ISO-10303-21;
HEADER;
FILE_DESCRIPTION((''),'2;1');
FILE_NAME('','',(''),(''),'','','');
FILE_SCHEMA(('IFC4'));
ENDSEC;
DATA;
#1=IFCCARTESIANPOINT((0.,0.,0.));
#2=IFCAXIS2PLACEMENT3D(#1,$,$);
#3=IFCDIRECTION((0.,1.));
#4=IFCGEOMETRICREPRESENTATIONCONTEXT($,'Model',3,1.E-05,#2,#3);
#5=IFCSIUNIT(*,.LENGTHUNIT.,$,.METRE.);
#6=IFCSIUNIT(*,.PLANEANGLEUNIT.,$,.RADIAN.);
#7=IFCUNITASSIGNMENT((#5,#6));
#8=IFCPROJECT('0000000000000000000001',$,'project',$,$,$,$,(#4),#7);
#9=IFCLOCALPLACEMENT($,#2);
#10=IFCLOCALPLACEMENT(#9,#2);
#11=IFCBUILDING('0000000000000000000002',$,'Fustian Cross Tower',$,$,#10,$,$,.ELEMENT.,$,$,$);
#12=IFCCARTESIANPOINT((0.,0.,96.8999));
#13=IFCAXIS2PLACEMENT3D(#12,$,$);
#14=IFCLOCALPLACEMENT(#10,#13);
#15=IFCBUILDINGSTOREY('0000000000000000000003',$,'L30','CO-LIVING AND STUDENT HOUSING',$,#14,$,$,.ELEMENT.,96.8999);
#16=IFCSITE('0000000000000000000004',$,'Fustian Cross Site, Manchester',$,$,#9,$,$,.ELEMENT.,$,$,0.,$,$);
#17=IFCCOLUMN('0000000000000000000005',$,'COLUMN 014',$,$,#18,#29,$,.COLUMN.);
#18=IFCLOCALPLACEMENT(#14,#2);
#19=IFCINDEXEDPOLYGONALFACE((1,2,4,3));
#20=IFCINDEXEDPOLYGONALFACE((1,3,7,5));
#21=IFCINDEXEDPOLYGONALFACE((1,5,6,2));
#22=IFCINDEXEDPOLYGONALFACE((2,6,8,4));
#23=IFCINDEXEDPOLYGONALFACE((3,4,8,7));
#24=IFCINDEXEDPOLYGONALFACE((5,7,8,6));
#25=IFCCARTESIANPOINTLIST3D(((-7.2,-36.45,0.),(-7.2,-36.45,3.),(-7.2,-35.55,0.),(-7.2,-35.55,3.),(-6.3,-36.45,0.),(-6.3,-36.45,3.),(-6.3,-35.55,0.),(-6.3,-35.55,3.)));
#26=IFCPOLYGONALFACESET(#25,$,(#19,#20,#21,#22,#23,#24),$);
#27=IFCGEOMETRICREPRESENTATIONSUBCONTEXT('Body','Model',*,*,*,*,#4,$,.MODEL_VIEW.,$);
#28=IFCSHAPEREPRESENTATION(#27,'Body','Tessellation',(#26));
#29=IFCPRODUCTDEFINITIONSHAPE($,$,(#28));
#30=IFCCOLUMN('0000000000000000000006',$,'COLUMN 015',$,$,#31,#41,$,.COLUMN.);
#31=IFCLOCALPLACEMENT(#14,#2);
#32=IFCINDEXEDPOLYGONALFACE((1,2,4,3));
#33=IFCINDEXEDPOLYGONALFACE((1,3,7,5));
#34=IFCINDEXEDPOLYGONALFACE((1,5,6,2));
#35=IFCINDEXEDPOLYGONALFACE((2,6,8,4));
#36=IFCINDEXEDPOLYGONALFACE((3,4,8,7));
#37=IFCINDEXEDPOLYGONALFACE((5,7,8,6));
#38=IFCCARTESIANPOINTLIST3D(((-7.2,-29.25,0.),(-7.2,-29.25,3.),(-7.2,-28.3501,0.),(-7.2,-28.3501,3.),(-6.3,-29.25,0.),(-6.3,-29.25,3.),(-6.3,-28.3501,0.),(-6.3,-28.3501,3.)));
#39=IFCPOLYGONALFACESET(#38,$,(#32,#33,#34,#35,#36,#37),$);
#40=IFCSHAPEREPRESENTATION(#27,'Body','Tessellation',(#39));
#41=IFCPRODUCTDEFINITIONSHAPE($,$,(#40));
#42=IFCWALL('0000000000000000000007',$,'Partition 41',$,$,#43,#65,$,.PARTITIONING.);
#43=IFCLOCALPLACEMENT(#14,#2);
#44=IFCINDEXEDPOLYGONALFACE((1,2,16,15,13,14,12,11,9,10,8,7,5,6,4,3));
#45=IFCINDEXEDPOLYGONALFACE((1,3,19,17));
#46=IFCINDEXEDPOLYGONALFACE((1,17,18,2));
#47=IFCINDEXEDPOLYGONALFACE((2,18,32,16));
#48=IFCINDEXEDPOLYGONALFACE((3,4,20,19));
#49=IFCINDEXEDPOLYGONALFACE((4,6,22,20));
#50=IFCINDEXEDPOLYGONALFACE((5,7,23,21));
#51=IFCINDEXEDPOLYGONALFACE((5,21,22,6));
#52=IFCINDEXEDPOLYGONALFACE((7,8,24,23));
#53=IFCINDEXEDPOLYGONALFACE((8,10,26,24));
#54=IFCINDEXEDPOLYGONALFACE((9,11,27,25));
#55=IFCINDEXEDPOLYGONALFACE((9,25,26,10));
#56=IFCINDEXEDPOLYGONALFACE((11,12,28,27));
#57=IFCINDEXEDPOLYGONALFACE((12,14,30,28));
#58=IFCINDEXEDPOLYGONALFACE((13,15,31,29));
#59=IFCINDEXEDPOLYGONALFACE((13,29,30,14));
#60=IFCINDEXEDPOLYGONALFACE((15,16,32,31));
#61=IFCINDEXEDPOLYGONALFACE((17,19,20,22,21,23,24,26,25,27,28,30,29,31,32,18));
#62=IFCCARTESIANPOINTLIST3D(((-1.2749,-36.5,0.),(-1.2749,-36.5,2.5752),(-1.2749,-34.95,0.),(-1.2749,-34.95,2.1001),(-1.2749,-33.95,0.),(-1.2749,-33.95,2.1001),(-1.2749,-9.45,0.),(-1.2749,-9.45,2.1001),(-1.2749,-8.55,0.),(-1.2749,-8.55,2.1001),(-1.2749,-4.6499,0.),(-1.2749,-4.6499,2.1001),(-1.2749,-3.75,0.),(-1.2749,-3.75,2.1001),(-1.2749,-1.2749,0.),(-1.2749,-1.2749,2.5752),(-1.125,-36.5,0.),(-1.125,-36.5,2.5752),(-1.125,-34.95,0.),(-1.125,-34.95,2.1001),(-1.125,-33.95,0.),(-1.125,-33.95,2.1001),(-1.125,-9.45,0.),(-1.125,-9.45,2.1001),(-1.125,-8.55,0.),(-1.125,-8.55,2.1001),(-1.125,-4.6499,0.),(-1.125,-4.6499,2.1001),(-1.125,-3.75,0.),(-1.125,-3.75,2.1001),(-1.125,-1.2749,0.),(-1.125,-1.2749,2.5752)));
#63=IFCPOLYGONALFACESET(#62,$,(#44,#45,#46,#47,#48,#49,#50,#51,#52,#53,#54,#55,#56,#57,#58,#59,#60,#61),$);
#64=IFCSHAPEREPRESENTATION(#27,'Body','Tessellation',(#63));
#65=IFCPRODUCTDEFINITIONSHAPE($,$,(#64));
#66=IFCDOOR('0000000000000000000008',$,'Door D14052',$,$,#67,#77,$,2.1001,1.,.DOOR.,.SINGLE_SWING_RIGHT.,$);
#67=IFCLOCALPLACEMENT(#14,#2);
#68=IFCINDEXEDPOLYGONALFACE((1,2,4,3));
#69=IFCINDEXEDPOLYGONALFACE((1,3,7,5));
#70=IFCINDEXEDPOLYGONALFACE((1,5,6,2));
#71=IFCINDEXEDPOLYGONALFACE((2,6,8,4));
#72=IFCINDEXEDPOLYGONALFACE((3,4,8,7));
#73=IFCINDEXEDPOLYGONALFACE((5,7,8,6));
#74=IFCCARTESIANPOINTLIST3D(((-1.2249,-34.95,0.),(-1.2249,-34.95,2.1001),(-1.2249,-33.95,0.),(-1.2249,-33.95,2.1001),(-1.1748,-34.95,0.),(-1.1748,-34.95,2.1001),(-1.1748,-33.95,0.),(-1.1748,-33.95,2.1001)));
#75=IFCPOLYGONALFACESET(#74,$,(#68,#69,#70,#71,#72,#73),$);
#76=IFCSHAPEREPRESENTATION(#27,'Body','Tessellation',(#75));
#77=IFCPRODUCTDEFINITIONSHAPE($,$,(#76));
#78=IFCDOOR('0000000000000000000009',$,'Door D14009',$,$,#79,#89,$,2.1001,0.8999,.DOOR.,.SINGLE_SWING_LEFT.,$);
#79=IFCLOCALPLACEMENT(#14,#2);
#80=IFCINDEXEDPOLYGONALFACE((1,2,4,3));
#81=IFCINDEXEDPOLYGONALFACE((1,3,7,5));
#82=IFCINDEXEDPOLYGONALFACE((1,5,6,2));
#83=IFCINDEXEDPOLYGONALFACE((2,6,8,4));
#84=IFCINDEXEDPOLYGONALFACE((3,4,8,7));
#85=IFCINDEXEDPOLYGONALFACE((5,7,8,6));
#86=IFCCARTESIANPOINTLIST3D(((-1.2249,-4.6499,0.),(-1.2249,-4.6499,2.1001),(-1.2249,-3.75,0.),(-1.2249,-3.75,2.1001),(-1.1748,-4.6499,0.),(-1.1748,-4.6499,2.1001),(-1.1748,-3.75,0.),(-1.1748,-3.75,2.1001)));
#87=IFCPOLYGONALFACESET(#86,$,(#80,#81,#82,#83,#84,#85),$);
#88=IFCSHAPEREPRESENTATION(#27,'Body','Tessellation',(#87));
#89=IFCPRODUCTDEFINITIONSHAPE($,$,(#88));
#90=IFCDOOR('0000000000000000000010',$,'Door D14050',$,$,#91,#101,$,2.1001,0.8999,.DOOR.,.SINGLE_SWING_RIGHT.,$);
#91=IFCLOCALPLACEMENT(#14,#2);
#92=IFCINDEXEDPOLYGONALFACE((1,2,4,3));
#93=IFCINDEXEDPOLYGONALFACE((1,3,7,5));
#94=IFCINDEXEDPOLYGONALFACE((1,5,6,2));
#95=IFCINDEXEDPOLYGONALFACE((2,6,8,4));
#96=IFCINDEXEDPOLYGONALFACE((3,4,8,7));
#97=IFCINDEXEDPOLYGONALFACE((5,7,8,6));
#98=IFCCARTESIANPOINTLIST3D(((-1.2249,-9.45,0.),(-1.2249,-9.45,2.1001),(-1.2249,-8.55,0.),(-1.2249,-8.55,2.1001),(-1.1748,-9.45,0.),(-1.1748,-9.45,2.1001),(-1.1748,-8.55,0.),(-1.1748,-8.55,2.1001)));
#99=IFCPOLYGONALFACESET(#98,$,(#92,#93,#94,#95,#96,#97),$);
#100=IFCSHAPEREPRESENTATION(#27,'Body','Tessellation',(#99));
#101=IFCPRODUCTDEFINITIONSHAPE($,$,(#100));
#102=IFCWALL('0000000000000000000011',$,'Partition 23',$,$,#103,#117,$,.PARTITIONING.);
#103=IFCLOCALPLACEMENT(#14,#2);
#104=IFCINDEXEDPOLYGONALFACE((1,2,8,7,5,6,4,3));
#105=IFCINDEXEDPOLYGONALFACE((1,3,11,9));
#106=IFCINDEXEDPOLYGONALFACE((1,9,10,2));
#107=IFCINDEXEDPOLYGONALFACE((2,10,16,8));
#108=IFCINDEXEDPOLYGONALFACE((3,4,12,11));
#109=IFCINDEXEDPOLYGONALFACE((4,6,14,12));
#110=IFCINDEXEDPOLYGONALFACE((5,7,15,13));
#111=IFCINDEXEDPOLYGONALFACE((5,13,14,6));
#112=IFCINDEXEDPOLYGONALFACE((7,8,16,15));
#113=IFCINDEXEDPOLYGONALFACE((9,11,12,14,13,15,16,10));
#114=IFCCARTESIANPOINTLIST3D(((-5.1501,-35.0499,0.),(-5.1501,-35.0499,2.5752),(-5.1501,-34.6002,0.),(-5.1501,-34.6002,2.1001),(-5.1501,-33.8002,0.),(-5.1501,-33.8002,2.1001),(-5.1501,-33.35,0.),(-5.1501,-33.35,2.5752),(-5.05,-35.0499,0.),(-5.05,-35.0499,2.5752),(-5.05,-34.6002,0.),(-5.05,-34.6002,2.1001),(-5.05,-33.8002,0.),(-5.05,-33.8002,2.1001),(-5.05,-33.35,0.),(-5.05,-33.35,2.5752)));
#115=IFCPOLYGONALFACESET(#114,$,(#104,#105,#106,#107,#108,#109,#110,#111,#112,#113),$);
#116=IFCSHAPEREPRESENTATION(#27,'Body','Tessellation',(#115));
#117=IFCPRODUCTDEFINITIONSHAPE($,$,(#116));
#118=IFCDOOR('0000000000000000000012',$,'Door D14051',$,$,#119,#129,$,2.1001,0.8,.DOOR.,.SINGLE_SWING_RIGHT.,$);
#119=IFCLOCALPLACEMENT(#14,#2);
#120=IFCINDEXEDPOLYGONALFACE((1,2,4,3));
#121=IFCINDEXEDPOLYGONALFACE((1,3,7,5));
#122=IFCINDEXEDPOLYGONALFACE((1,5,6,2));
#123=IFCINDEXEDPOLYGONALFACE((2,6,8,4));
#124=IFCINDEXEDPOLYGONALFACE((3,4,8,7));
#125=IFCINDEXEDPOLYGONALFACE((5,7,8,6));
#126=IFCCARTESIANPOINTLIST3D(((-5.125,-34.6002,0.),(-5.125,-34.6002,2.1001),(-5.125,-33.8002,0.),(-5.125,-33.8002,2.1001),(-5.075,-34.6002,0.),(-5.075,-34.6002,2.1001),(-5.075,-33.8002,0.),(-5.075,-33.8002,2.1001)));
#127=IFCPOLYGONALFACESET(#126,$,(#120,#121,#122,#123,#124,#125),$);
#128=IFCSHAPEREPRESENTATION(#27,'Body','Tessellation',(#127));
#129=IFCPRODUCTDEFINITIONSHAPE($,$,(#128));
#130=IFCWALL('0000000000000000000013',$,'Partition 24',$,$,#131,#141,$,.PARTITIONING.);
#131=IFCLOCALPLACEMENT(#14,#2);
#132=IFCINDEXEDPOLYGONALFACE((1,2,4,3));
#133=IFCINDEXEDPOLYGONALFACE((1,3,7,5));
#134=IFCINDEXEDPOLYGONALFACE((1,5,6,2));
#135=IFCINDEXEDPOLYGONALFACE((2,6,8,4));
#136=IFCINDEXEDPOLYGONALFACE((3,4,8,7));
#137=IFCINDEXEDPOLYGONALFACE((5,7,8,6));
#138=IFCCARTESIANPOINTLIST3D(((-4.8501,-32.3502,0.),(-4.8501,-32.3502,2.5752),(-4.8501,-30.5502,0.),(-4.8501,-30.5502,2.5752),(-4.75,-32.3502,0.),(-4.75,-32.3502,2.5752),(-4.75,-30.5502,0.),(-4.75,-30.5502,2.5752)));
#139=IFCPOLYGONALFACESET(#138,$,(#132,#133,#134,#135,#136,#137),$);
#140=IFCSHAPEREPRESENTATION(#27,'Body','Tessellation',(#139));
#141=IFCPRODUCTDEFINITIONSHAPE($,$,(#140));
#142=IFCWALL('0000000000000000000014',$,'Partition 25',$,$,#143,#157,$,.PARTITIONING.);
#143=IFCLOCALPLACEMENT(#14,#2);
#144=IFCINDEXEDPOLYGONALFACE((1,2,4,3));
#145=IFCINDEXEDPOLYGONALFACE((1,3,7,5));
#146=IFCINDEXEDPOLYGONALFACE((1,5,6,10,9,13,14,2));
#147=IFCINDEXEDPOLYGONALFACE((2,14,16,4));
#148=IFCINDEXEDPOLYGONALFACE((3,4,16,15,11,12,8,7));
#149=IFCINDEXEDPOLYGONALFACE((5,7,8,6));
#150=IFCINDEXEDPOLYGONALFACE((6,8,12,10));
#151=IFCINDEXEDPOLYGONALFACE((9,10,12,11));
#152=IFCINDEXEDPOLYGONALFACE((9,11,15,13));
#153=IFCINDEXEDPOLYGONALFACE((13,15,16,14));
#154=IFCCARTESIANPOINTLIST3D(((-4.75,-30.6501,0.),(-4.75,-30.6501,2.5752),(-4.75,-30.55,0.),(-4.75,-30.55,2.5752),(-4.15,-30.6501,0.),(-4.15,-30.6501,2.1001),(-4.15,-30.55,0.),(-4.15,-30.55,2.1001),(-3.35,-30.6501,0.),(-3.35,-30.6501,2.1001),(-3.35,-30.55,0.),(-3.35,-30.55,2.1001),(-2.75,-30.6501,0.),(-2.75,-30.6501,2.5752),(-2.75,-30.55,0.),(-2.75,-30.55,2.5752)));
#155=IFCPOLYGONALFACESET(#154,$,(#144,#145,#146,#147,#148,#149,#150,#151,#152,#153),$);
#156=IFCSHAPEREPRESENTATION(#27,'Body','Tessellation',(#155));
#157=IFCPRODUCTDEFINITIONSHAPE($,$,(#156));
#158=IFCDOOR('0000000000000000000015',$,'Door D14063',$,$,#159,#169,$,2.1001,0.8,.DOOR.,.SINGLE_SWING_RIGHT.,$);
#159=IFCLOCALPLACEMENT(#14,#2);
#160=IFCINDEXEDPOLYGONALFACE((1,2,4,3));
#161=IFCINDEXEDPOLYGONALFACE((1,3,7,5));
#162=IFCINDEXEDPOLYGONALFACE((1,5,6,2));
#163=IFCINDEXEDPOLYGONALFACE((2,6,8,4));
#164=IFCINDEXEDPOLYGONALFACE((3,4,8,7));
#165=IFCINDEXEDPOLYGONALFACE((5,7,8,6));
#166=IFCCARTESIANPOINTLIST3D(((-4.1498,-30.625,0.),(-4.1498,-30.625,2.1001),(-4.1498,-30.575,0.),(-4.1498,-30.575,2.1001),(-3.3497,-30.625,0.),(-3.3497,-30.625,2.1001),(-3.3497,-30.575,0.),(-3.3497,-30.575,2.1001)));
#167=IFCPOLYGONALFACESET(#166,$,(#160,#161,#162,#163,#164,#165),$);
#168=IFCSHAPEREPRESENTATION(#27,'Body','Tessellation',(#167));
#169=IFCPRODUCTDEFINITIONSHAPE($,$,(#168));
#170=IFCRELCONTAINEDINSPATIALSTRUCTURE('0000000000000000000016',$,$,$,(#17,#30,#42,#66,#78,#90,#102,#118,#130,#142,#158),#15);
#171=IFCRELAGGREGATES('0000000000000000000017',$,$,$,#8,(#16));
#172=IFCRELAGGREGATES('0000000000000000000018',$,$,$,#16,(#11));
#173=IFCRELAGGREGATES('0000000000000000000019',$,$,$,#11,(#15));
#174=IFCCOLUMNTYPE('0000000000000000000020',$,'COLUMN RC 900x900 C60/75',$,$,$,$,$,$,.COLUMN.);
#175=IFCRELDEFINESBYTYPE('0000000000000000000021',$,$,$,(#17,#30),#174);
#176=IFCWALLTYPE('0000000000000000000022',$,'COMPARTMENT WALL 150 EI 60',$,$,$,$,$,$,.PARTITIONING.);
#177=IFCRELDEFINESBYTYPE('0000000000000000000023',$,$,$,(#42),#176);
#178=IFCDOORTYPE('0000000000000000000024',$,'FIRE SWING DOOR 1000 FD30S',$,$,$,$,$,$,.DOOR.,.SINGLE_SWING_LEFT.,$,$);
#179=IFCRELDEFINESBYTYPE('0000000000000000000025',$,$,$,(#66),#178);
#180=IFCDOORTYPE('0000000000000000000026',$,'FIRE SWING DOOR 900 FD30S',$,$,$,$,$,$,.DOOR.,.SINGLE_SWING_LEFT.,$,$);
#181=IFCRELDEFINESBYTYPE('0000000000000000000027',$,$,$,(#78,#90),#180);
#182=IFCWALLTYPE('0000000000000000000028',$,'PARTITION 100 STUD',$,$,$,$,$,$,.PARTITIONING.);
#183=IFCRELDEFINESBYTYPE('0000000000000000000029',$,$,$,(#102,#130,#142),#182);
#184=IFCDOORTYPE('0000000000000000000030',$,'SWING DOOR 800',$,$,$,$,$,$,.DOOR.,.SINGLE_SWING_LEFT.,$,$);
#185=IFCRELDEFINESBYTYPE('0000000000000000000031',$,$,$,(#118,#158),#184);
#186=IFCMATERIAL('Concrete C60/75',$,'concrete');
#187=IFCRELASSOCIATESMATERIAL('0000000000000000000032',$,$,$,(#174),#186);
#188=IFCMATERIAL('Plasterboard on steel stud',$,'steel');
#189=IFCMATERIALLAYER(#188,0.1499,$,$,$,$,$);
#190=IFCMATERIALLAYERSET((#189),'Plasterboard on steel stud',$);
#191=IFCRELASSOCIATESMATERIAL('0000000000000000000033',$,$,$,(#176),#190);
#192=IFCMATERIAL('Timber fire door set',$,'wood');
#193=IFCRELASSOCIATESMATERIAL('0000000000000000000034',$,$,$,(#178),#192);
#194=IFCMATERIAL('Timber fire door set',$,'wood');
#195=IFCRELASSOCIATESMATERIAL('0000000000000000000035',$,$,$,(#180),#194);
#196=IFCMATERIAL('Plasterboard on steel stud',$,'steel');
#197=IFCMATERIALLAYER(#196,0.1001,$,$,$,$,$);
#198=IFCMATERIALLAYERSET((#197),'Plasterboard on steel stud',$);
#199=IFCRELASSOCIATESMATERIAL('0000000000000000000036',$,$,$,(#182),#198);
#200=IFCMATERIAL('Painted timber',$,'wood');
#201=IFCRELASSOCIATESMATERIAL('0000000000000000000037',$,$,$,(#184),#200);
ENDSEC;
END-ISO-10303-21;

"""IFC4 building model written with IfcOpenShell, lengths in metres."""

from ifc_helpers import new_model, si_unit, direction, frame, frame_2d, origin, origin_2d, place, context, subcontext, project, spatial, rectangle, extrude, material, layer, layer_set, material_profile, profile_set, type_object, element, fill, save


model = new_model("IFC4")

# Units and contexts
model_context = context("Model", 3, precision=1e-05, world=origin(), true_north=direction((0.0, 1.0)))
body_context = subcontext(model_context, "Body", "Model", "MODEL_VIEW")
ifc_project = project(units=[si_unit("LENGTHUNIT", "METRE"), si_unit("PLANEANGLEUNIT", "RADIAN")], contexts=[model_context])

# Site, building, storey
site_placement = place(None, origin())
site = spatial("IfcSite", under=ifc_project, at=site_placement, Name="Fustian Cross Site, Manchester", CompositionType="ELEMENT", RefElevation=0.0)
building_placement = place(site_placement, origin())
building = spatial("IfcBuilding", under=site, at=building_placement, Name="Fustian Cross Tower", CompositionType="ELEMENT")
storey_placement = place(building_placement, frame((0.0, 0.0, 96.8999)))
storey = spatial("IfcBuildingStorey", under=building, at=storey_placement, Name="L30", Description="CO-LIVING AND STUDENT HOUSING", CompositionType="ELEMENT", Elevation=96.8999)

# Columns
ifc_material_1 = material(Name="Concrete C60/75", Category="concrete")
ifc_material_profile = material_profile(ifc_material_1, rectangle(XDim=0.8999, YDim=0.8999, at=origin_2d()), Name="RC 900x900")
ifc_profile_set = profile_set([ifc_material_profile], Name="Concrete C60/75")
column_type = type_object("IfcColumnType", Name="COLUMN RC 900x900 C60/75", PredefinedType="COLUMN", material=ifc_profile_set)
for number, where, z_axis, x_axis, name in (
    (1, (-6.75, -36.0, 0.0), (0.0, 0.0, 1.0), (1.0, 0.0, 0.0), "COLUMN 014"),
    (2, (-6.75, -28.8, 0.0), (0.0, 0.0, 1.0), (1.0, 0.0, 0.0), "COLUMN 015"),
):
    element("IfcColumn", number, at=place(storey_placement, frame(where, z_axis=z_axis, x_axis=x_axis)), inside=storey, type_object=column_type, Name=name, PredefinedType="COLUMN", context=body_context, shape_type="SweptSolid", body=[
        extrude(rectangle(XDim=0.8999, YDim=0.8999, at=origin_2d()), origin(), (0.0, 0.0, 1.0), 3.0),
    ])

# Wall, openings, doors
ifc_material_2 = material(Name="Plasterboard on steel stud", Category="steel")
ifc_layer_1 = layer(ifc_material_2, 0.1499)
ifc_layer_set_1 = layer_set([ifc_layer_1], Name="Plasterboard on steel stud")
wall_type_1 = type_object("IfcWallType", Name="COMPARTMENT WALL 150 EI 60", PredefinedType="PARTITIONING", material=ifc_layer_set_1)
wall_1_placement = place(storey_placement, frame((-1.2, -36.5, 0.0), z_axis=(0.0, 0.0, 1.0), x_axis=(0.0, 1.0, 0.0)))
wall_1 = element("IfcWall", 3, at=wall_1_placement, inside=storey, type_object=wall_type_1, Name="Partition 41", PredefinedType="PARTITIONING", context=body_context, shape_type="SweptSolid", body=[
    extrude(rectangle(XDim=35.2251, YDim=0.1499, at=frame_2d((17.6125, 0.0))), origin(), (0.0, 0.0, 1.0), 2.5752),
])
opening_1_placement = place(wall_1_placement, frame((31.8501, 0.0, 0.0)))
opening_1 = element("IfcOpeningElement", 4, at=opening_1_placement, cuts=wall_1, PredefinedType="OPENING", context=body_context, shape_type="SweptSolid", body=[
    extrude(rectangle(XDim=0.8999, YDim=2.1001, at=frame_2d((0.45, 1.05))), frame((0.0, 0.085, 0.0), z_axis=(0.0, -1.0, 0.0), x_axis=(1.0, 0.0, 0.0)), (0.0, 0.0, 1.0), 0.1699),
])
opening_2_placement = place(wall_1_placement, frame((27.05, 0.0, 0.0)))
opening_2 = element("IfcOpeningElement", 5, at=opening_2_placement, cuts=wall_1, PredefinedType="OPENING", context=body_context, shape_type="SweptSolid", body=[
    extrude(rectangle(XDim=0.8999, YDim=2.1001, at=frame_2d((0.45, 1.05))), frame((0.0, 0.085, 0.0), z_axis=(0.0, -1.0, 0.0), x_axis=(1.0, 0.0, 0.0)), (0.0, 0.0, 1.0), 0.1699),
])
opening_3_placement = place(wall_1_placement, frame((1.55, 0.0, 0.0)))
opening_3 = element("IfcOpeningElement", 6, at=opening_3_placement, cuts=wall_1, PredefinedType="OPENING", context=body_context, shape_type="SweptSolid", body=[
    extrude(rectangle(XDim=1.0, YDim=2.1001, at=frame_2d((0.5, 1.05))), frame((0.0, 0.085, 0.0), z_axis=(0.0, -1.0, 0.0), x_axis=(1.0, 0.0, 0.0)), (0.0, 0.0, 1.0), 0.1699),
])
ifc_material_3 = material(Name="Timber fire door set", Category="wood")
door_type_1 = type_object("IfcDoorType", Name="FIRE SWING DOOR 1000 FD30S", OperationType="SINGLE_SWING_LEFT", PredefinedType="DOOR", material=ifc_material_3)
door_1_placement = place(opening_3_placement, origin())
door_1 = element("IfcDoor", 7, at=door_1_placement, inside=storey, type_object=door_type_1, Name="Door D14052", OperationType="SINGLE_SWING_RIGHT", OverallHeight=2.1001, OverallWidth=1.0, PredefinedType="DOOR", context=body_context, shape_type="SweptSolid", body=[
    extrude(rectangle(XDim=1.0, YDim=2.1001, at=frame_2d((0.5, 1.05))), frame((0.0, 0.0249, 0.0), z_axis=(0.0, -1.0, 0.0), x_axis=(1.0, 0.0, 0.0)), (0.0, 0.0, 1.0), 0.05),
])
fill(opening_3, door_1)
ifc_material_4 = material(Name="Timber fire door set", Category="wood")
door_type_2 = type_object("IfcDoorType", Name="FIRE SWING DOOR 900 FD30S", OperationType="SINGLE_SWING_LEFT", PredefinedType="DOOR", material=ifc_material_4)
door_2_placement = place(opening_1_placement, origin())
door_2 = element("IfcDoor", 8, at=door_2_placement, inside=storey, type_object=door_type_2, Name="Door D14009", OperationType="SINGLE_SWING_LEFT", OverallHeight=2.1001, OverallWidth=0.8999, PredefinedType="DOOR", context=body_context, shape_type="SweptSolid", body=[
    extrude(rectangle(XDim=0.8999, YDim=2.1001, at=frame_2d((0.45, 1.05))), frame((0.0, 0.0249, 0.0), z_axis=(0.0, -1.0, 0.0), x_axis=(1.0, 0.0, 0.0)), (0.0, 0.0, 1.0), 0.05),
])
fill(opening_1, door_2)
door_3_placement = place(opening_2_placement, origin())
door_3 = element("IfcDoor", 9, at=door_3_placement, inside=storey, type_object=door_type_2, Name="Door D14050", OperationType="SINGLE_SWING_RIGHT", OverallHeight=2.1001, OverallWidth=0.8999, PredefinedType="DOOR", context=body_context, shape_type="SweptSolid", body=[
    extrude(rectangle(XDim=0.8999, YDim=2.1001, at=frame_2d((0.45, 1.05))), frame((0.0, 0.0249, 0.0), z_axis=(0.0, -1.0, 0.0), x_axis=(1.0, 0.0, 0.0)), (0.0, 0.0, 1.0), 0.05),
])
fill(opening_2, door_3)

# Wall, opening, door
ifc_material_5 = material(Name="Plasterboard on steel stud", Category="steel")
ifc_layer_2 = layer(ifc_material_5, 0.1001)
ifc_layer_set_2 = layer_set([ifc_layer_2], Name="Plasterboard on steel stud")
wall_type_2 = type_object("IfcWallType", Name="PARTITION 100 STUD", PredefinedType="PARTITIONING", material=ifc_layer_set_2)
wall_2_placement = place(storey_placement, frame((-5.1001, -35.05, 0.0), z_axis=(0.0, 0.0, 1.0), x_axis=(0.0, 1.0, 0.0)))
wall_2 = element("IfcWall", 10, at=wall_2_placement, inside=storey, type_object=wall_type_2, Name="Partition 23", PredefinedType="PARTITIONING", context=body_context, shape_type="SweptSolid", body=[
    extrude(rectangle(XDim=1.7, YDim=0.1001, at=frame_2d((0.8501, 0.0))), origin(), (0.0, 0.0, 1.0), 2.5752),
])
opening_4_placement = place(wall_2_placement, frame((0.45, 0.0, 0.0)))
opening_4 = element("IfcOpeningElement", 11, at=opening_4_placement, cuts=wall_2, PredefinedType="OPENING", context=body_context, shape_type="SweptSolid", body=[
    extrude(rectangle(XDim=0.8, YDim=2.1001, at=frame_2d((0.3999, 1.05))), frame((0.0, 0.0601, 0.0), z_axis=(0.0, -1.0, 0.0), x_axis=(1.0, 0.0, 0.0)), (0.0, 0.0, 1.0), 0.1201),
])
ifc_material_6 = material(Name="Painted timber", Category="wood")
door_type_3 = type_object("IfcDoorType", Name="SWING DOOR 800", OperationType="SINGLE_SWING_LEFT", PredefinedType="DOOR", material=ifc_material_6)
door_4_placement = place(opening_4_placement, origin())
door_4 = element("IfcDoor", 12, at=door_4_placement, inside=storey, type_object=door_type_3, Name="Door D14051", OperationType="SINGLE_SWING_RIGHT", OverallHeight=2.1001, OverallWidth=0.8, PredefinedType="DOOR", context=body_context, shape_type="SweptSolid", body=[
    extrude(rectangle(XDim=0.8, YDim=2.1001, at=frame_2d((0.3999, 1.05))), frame((0.0, 0.0249, 0.0), z_axis=(0.0, -1.0, 0.0), x_axis=(1.0, 0.0, 0.0)), (0.0, 0.0, 1.0), 0.05),
])
fill(opening_4, door_4)

# Wall
wall_3_placement = place(storey_placement, frame((-4.8, -32.3501, 0.0), z_axis=(0.0, 0.0, 1.0), x_axis=(0.0, 1.0, 0.0)))
element("IfcWall", 13, at=wall_3_placement, inside=storey, type_object=wall_type_2, Name="Partition 24", PredefinedType="PARTITIONING", context=body_context, shape_type="SweptSolid", body=[
    extrude(rectangle(XDim=1.8, YDim=0.1001, at=frame_2d((0.8999, 0.0))), origin(), (0.0, 0.0, 1.0), 2.5752),
])

# Wall, opening, door
wall_4_placement = place(storey_placement, frame((-4.75, -30.6001, 0.0), z_axis=(0.0, 0.0, 1.0), x_axis=(1.0, 0.0, 0.0)))
wall_4 = element("IfcWall", 14, at=wall_4_placement, inside=storey, type_object=wall_type_2, Name="Partition 25", PredefinedType="PARTITIONING", context=body_context, shape_type="SweptSolid", body=[
    extrude(rectangle(XDim=2.0, YDim=0.1001, at=frame_2d((1.0, 0.0))), origin(), (0.0, 0.0, 1.0), 2.5752),
])
opening_5_placement = place(wall_4_placement, frame((0.6001, 0.0, 0.0)))
opening_5 = element("IfcOpeningElement", 15, at=opening_5_placement, cuts=wall_4, PredefinedType="OPENING", context=body_context, shape_type="SweptSolid", body=[
    extrude(rectangle(XDim=0.8, YDim=2.1001, at=frame_2d((0.3999, 1.05))), frame((0.0, 0.0601, 0.0), z_axis=(0.0, -1.0, 0.0), x_axis=(1.0, 0.0, 0.0)), (0.0, 0.0, 1.0), 0.1201),
])
door_5_placement = place(opening_5_placement, frame((0.8, 0.0, 0.0), z_axis=(0.0, 0.0, 1.0), x_axis=(-1.0, 0.0, 0.0)))
door_5 = element("IfcDoor", 16, at=door_5_placement, inside=storey, type_object=door_type_3, Name="Door D14063", OperationType="SINGLE_SWING_RIGHT", OverallHeight=2.1001, OverallWidth=0.8, PredefinedType="DOOR", context=body_context, shape_type="SweptSolid", body=[
    extrude(rectangle(XDim=0.8, YDim=2.1001, at=frame_2d((0.3999, 1.05))), frame((0.0, 0.0249, 0.0), z_axis=(0.0, -1.0, 0.0), x_axis=(1.0, 0.0, 0.0)), (0.0, 0.0, 1.0), 0.05),
])
fill(opening_5, door_5)

save(model, "model.ifc")
